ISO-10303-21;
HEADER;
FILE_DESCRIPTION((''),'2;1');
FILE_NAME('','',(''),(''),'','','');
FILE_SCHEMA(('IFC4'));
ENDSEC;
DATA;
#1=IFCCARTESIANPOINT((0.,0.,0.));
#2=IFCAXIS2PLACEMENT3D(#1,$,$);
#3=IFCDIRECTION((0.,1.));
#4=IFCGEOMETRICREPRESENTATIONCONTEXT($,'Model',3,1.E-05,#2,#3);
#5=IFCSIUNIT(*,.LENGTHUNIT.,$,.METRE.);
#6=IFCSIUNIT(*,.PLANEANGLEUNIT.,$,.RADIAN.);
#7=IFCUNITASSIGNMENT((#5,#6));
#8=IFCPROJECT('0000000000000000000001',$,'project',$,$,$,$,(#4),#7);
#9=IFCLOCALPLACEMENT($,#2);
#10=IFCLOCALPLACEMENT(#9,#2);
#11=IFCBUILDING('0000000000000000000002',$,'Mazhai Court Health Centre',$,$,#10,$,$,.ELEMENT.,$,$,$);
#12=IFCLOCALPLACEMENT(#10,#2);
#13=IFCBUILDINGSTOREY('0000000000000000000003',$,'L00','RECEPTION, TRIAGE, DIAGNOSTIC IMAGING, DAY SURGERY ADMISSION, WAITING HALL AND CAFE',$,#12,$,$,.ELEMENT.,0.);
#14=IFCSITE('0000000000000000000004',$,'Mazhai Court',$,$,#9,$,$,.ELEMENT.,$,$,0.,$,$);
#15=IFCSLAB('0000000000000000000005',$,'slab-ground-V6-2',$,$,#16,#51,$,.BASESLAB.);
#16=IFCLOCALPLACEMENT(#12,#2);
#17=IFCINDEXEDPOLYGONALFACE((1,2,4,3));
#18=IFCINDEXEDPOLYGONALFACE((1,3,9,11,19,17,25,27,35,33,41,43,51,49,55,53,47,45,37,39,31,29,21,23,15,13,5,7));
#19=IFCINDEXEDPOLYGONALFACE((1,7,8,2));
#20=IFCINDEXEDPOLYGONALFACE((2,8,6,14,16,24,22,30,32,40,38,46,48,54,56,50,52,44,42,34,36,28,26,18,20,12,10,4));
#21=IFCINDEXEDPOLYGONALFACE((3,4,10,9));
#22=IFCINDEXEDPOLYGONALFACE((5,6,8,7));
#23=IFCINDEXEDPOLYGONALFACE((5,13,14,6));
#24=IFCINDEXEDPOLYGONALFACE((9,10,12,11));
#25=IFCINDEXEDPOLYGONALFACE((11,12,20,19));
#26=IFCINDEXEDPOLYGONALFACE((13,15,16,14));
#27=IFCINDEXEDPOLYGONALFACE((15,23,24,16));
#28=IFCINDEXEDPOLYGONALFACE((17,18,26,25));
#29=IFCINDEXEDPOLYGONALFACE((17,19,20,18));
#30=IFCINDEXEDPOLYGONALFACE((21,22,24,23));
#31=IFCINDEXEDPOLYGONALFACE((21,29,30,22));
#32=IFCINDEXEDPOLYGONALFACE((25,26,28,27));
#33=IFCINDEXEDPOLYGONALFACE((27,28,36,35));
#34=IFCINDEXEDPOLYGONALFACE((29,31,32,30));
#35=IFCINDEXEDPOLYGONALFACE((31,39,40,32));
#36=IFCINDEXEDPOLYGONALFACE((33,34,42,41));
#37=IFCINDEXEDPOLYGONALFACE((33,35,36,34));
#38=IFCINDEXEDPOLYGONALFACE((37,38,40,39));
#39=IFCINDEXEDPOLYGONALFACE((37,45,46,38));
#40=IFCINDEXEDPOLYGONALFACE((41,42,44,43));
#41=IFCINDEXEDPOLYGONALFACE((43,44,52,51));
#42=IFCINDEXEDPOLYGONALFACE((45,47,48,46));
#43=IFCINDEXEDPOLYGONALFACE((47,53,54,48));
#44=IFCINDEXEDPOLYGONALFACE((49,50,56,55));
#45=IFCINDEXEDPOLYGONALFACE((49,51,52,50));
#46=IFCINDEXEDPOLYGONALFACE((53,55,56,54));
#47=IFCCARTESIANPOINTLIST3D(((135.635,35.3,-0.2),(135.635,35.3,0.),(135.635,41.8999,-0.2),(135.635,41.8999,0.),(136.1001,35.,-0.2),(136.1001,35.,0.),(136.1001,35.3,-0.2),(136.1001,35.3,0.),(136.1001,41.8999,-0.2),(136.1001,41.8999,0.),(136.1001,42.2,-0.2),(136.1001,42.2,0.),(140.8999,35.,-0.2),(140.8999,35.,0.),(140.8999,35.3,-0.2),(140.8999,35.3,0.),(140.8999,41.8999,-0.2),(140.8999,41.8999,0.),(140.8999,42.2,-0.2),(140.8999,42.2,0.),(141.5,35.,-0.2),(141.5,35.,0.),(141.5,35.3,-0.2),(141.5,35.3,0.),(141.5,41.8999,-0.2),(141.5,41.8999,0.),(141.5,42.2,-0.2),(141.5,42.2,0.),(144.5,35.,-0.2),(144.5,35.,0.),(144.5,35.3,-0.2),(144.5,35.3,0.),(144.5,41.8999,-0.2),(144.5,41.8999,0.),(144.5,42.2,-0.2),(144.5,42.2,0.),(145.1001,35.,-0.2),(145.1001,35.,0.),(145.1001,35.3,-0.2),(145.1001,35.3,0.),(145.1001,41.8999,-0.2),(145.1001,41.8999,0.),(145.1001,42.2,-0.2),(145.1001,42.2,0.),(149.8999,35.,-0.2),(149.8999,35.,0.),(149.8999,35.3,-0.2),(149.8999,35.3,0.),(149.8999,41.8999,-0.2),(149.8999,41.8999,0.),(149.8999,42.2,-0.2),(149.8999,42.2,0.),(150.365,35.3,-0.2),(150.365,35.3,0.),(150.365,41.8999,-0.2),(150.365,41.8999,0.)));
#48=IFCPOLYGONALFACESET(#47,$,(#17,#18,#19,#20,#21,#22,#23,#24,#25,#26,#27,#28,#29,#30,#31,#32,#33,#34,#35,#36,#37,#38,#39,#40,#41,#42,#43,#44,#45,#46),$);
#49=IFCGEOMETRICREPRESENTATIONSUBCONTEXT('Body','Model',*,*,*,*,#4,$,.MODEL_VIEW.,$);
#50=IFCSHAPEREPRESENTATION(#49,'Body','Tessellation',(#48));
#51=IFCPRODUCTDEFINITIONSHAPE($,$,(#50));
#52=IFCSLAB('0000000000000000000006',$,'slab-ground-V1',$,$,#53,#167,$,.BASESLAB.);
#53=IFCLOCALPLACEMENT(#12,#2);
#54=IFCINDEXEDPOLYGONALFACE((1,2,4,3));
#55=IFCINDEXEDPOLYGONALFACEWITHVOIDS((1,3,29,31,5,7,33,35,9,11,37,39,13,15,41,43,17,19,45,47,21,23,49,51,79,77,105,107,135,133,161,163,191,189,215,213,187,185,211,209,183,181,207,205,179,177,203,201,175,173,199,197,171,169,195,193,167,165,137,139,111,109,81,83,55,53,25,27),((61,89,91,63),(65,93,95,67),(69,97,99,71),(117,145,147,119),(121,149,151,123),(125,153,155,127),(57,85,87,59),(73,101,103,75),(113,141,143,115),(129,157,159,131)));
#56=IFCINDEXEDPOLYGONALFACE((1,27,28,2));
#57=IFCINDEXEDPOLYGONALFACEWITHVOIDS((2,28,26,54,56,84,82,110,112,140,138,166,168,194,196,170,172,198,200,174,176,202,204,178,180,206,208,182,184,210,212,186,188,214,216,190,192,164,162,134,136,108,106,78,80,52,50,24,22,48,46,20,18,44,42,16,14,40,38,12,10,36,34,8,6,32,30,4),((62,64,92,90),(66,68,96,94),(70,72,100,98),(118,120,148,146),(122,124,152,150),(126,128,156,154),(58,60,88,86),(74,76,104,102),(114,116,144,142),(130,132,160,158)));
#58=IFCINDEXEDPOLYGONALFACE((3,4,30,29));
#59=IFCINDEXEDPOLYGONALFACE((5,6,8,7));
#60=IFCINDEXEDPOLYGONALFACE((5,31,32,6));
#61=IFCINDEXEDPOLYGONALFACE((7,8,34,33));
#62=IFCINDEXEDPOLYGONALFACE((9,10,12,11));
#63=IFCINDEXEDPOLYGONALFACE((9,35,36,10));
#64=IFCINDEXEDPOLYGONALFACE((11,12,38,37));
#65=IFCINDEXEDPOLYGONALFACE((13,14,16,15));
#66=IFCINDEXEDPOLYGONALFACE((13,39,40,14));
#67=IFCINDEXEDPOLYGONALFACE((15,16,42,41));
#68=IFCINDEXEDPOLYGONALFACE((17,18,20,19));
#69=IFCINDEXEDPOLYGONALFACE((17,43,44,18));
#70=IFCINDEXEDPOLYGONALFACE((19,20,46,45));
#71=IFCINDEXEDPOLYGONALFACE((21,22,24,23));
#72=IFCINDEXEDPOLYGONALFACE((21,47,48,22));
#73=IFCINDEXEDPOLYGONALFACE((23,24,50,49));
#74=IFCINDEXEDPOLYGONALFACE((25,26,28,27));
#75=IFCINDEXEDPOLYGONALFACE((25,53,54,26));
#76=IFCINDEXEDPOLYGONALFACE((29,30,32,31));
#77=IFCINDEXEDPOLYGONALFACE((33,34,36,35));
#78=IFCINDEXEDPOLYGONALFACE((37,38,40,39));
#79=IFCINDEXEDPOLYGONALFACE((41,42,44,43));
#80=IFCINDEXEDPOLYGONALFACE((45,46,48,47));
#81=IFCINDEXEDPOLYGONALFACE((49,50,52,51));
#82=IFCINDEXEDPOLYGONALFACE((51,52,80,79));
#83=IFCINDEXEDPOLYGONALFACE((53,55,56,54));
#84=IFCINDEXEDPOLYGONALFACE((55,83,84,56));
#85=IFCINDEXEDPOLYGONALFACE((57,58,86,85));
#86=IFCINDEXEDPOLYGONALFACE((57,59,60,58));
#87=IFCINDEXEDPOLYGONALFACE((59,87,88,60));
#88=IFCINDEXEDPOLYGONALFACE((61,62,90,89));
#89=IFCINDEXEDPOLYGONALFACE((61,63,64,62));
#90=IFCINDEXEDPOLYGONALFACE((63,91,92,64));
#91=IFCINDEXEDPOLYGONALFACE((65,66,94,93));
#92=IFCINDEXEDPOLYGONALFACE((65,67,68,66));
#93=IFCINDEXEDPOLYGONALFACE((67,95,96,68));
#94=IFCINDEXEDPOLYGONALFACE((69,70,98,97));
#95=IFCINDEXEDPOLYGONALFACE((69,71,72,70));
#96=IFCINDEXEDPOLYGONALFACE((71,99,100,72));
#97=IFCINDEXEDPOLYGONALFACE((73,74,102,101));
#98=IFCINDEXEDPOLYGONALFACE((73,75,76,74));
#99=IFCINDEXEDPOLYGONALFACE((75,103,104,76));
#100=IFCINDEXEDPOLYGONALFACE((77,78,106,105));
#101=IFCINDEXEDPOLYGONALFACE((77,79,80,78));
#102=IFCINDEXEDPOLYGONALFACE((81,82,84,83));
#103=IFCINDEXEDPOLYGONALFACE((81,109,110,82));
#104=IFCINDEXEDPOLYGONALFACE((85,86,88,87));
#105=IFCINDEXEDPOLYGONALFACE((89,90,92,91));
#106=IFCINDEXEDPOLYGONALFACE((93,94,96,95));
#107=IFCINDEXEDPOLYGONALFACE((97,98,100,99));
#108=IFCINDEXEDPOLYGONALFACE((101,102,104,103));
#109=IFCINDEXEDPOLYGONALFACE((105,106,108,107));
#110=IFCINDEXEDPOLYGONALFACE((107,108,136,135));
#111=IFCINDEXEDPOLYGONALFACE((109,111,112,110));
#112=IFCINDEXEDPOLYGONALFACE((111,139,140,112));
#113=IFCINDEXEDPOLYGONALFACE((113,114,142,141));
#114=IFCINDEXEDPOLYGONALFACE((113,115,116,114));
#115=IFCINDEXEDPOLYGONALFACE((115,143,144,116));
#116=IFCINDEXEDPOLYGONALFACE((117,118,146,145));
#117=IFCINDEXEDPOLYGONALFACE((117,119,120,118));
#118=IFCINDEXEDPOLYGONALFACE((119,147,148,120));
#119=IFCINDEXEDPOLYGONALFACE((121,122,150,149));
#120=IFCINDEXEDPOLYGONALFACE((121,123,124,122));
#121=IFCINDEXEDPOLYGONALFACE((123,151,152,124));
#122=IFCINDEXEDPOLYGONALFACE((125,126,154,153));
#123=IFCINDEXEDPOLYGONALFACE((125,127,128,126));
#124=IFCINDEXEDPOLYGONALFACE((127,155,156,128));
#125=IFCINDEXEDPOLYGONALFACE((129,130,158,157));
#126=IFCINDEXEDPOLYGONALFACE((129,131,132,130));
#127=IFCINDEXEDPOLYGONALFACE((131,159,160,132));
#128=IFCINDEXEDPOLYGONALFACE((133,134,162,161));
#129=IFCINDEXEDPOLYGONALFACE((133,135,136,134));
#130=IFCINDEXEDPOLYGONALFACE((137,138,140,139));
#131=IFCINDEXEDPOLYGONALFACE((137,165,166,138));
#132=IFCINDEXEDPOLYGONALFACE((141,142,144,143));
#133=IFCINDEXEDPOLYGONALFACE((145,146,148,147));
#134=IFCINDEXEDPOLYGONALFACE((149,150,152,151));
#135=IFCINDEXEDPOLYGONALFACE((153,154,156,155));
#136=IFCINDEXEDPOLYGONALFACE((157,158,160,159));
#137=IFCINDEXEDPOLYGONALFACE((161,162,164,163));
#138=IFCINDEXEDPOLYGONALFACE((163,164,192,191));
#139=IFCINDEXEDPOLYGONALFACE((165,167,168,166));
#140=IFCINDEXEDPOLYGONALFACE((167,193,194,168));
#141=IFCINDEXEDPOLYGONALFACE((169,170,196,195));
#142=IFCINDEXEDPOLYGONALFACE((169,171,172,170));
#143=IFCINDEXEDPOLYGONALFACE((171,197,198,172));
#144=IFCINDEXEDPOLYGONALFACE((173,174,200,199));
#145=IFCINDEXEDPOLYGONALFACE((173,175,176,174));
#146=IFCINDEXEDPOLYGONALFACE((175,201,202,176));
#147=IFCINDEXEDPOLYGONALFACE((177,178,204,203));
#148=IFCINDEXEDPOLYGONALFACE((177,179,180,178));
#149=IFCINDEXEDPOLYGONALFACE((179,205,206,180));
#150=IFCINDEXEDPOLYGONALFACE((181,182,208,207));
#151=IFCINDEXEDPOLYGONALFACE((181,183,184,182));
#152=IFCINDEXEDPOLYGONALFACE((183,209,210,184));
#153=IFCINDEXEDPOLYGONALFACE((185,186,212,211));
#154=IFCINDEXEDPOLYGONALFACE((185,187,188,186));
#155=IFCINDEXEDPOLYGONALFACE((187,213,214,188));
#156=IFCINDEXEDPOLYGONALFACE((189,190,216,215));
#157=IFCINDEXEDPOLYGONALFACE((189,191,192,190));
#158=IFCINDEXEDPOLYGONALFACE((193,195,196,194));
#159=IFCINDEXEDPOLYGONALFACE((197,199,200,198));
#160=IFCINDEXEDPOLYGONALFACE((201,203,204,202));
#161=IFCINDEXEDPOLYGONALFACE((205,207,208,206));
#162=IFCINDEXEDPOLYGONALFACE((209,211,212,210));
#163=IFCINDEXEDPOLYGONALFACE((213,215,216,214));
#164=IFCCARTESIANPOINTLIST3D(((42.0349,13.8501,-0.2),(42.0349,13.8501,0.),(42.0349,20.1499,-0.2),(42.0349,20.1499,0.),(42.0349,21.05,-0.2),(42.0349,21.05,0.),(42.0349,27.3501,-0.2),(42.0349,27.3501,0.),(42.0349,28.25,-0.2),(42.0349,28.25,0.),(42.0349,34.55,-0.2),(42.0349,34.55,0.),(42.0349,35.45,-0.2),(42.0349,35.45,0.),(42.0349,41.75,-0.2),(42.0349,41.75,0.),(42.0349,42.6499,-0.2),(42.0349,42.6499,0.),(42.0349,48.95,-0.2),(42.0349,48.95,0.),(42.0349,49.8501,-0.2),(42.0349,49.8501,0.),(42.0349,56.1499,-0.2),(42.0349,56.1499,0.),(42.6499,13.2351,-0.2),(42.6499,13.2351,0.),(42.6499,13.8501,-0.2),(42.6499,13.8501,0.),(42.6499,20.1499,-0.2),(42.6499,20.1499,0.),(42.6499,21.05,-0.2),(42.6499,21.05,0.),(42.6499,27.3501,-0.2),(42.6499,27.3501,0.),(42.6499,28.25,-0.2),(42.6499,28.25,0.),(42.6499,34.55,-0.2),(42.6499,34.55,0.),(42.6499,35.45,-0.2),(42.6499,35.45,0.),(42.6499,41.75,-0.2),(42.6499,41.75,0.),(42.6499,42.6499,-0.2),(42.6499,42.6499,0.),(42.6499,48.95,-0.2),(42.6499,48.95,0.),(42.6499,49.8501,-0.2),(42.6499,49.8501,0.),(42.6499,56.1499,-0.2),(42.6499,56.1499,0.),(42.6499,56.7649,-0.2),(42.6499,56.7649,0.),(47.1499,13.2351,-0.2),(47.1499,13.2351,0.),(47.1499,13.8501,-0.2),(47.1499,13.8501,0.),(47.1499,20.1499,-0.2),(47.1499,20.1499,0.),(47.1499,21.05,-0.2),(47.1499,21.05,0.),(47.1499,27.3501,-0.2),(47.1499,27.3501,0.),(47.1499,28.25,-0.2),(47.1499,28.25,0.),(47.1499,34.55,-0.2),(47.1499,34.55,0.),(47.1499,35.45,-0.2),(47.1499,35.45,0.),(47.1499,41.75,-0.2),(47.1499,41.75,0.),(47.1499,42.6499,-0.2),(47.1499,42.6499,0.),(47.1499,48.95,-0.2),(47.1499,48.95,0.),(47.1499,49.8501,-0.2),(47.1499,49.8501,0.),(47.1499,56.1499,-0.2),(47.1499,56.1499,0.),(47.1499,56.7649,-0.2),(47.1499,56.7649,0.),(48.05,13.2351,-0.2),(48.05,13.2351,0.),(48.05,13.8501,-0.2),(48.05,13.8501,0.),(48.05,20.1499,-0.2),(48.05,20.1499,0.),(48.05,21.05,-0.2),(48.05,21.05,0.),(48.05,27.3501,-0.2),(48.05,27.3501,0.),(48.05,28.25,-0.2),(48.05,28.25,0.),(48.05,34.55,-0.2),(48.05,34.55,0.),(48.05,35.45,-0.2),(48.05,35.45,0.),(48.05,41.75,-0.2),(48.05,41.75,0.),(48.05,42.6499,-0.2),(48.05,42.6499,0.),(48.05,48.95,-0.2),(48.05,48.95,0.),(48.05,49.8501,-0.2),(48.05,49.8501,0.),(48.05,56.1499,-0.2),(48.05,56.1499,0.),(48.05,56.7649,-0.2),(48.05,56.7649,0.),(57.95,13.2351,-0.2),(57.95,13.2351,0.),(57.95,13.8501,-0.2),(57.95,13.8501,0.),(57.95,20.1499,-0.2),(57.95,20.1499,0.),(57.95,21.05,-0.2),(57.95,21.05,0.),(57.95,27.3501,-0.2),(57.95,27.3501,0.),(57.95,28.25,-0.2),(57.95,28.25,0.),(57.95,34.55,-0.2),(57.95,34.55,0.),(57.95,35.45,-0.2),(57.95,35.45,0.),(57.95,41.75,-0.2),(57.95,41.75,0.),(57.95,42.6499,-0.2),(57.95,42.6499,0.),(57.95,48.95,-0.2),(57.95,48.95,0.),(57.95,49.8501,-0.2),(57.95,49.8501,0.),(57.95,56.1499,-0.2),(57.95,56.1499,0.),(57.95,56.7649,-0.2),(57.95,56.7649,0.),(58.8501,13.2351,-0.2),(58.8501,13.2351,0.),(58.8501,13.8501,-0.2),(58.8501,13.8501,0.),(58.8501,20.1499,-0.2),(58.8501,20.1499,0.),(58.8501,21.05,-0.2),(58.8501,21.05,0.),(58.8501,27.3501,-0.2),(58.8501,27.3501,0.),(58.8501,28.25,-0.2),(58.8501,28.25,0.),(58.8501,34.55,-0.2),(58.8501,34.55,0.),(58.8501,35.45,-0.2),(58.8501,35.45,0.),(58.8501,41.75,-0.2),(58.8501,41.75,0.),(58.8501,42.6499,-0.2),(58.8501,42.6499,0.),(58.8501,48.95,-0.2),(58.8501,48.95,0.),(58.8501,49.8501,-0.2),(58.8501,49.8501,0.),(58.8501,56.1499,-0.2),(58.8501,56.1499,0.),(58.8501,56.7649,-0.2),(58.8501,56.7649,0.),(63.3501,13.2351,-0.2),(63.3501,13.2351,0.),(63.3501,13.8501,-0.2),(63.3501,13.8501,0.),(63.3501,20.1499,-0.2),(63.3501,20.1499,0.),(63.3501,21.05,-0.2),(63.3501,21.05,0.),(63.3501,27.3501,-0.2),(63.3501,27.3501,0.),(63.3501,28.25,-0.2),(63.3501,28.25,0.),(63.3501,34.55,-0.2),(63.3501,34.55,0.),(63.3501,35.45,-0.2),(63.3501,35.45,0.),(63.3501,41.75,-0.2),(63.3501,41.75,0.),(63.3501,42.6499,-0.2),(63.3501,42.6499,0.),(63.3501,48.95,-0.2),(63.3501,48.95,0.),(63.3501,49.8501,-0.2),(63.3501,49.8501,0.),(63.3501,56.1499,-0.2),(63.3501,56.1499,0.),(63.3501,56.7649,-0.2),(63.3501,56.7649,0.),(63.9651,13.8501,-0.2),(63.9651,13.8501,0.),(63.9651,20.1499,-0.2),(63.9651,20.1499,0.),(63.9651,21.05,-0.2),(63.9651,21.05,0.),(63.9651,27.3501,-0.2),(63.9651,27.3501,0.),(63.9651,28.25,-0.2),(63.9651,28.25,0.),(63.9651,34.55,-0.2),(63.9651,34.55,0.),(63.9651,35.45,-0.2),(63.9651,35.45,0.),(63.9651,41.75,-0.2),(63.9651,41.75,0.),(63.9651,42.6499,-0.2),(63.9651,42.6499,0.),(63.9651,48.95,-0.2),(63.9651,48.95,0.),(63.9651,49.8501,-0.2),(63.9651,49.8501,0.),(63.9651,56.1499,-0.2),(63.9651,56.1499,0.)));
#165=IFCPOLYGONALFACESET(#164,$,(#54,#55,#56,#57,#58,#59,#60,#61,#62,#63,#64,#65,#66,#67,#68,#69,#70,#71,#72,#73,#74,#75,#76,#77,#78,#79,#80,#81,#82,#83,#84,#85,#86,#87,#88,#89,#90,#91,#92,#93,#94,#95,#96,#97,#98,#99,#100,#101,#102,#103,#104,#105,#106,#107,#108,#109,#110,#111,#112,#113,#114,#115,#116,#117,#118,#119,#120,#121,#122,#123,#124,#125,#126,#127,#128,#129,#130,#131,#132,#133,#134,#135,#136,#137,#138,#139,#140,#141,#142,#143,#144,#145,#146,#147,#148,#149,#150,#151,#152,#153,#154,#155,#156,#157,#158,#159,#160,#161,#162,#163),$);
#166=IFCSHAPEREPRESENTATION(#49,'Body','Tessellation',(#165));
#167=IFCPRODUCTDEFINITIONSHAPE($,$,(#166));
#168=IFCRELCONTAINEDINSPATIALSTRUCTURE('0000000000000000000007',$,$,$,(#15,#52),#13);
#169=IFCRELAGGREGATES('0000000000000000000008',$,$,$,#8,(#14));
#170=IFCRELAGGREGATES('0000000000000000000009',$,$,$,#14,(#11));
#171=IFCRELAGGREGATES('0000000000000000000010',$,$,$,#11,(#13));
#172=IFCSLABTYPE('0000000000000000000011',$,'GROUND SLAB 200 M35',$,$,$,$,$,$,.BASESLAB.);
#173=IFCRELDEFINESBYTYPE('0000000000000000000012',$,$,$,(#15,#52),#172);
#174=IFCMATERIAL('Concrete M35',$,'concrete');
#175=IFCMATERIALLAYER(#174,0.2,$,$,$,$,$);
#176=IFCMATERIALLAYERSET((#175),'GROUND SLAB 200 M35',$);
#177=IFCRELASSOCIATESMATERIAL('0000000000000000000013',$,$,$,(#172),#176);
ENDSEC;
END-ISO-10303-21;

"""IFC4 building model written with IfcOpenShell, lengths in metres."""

from ifc_helpers import new_model, si_unit, direction, frame, origin, place, context, subcontext, project, spatial, polyline, outline, extrude, material, layer, layer_set, type_object, element, save


model = new_model("IFC4")

# Units and contexts
model_context = context("Model", 3, precision=1e-05, world=origin(), true_north=direction((0.0, 1.0)))
body_context = subcontext(model_context, "Body", "Model", "MODEL_VIEW")
ifc_project = project(units=[si_unit("LENGTHUNIT", "METRE"), si_unit("PLANEANGLEUNIT", "RADIAN")], contexts=[model_context])

# Site, building, storey
site_placement = place(None, origin())
site = spatial("IfcSite", under=ifc_project, at=site_placement, Name="Mazhai Court", CompositionType="ELEMENT", RefElevation=0.0)
building_placement = place(site_placement, origin())
building = spatial("IfcBuilding", under=site, at=building_placement, Name="Mazhai Court Health Centre", CompositionType="ELEMENT")
storey_placement = place(building_placement, origin())
storey = spatial("IfcBuildingStorey", under=building, at=storey_placement, Name="L00", Description="RECEPTION, TRIAGE, DIAGNOSTIC IMAGING, DAY SURGERY ADMISSION, WAITING HALL AND CAFE", CompositionType="ELEMENT", Elevation=0.0)

# Slabs
ifc_material_1 = material(Name="Concrete M35", Category="concrete")
ifc_layer_1 = layer(ifc_material_1, 0.2)
ifc_layer_set_1 = layer_set([ifc_layer_1], Name="GROUND SLAB 200 M35")
slab_type_1 = type_object("IfcSlabType", Name="GROUND SLAB 200 M35", PredefinedType="BASESLAB", material=ifc_layer_set_1)
slab_1_placement = place(storey_placement, frame((0.0, 0.0, -0.2)))
element("IfcSlab", 1, at=slab_1_placement, inside=storey, type_object=slab_type_1, Name="slab-ground-V6-2", PredefinedType="BASESLAB", context=body_context, shape_type="SweptSolid", body=[
    extrude(outline(polyline([(150.365, 35.3), (149.8999, 35.3), (149.8999, 35.0), (145.1001, 35.0), (145.1001, 35.3), (144.5, 35.3), (144.5, 35.0), (141.5, 35.0), (141.5, 35.3), (140.8999, 35.3), (140.8999, 35.0), (136.1001, 35.0), (136.1001, 35.3), (135.635, 35.3), (135.635, 41.8999), (136.1001, 41.8999), (136.1001, 42.2), (140.8999, 42.2), (140.8999, 41.8999), (141.5, 41.8999), (141.5, 42.2), (144.5, 42.2), (144.5, 41.8999), (145.1001, 41.8999), (145.1001, 42.2), (149.8999, 42.2), (149.8999, 41.8999), (150.365, 41.8999), (150.365, 35.3)])), origin(), (0.0, 0.0, 1.0), 0.2),
])
slab_2_placement = place(storey_placement, frame((0.0, 0.0, -0.2)))
element("IfcSlab", 2, at=slab_2_placement, inside=storey, type_object=slab_type_1, Name="slab-ground-V1", PredefinedType="BASESLAB", context=body_context, shape_type="SweptSolid", body=[
    extrude(outline(polyline([(58.8501, 13.2351), (58.8501, 13.8501), (57.95, 13.8501), (57.95, 13.2351), (48.05, 13.2351), (48.05, 13.8501), (47.1499, 13.8501), (47.1499, 13.2351), (42.6499, 13.2351), (42.6499, 13.8501), (42.0349, 13.8501), (42.0349, 20.1499), (42.6499, 20.1499), (42.6499, 21.05), (42.0349, 21.05), (42.0349, 27.3501), (42.6499, 27.3501), (42.6499, 28.25), (42.0349, 28.25), (42.0349, 34.55), (42.6499, 34.55), (42.6499, 35.45), (42.0349, 35.45), (42.0349, 41.75), (42.6499, 41.75), (42.6499, 42.6499), (42.0349, 42.6499), (42.0349, 48.95), (42.6499, 48.95), (42.6499, 49.8501), (42.0349, 49.8501), (42.0349, 56.1499), (42.6499, 56.1499), (42.6499, 56.7649), (47.1499, 56.7649), (47.1499, 56.1499), (48.05, 56.1499), (48.05, 56.7649), (57.95, 56.7649), (57.95, 56.1499), (58.8501, 56.1499), (58.8501, 56.7649), (63.3501, 56.7649), (63.3501, 56.1499), (63.9651, 56.1499), (63.9651, 49.8501), (63.3501, 49.8501), (63.3501, 48.95), (63.9651, 48.95), (63.9651, 42.6499), (63.3501, 42.6499), (63.3501, 41.75), (63.9651, 41.75), (63.9651, 35.45), (63.3501, 35.45), (63.3501, 34.55), (63.9651, 34.55), (63.9651, 28.25), (63.3501, 28.25), (63.3501, 27.3501), (63.9651, 27.3501), (63.9651, 21.05), (63.3501, 21.05), (63.3501, 20.1499), (63.9651, 20.1499), (63.9651, 13.8501), (63.3501, 13.8501), (63.3501, 13.2351), (58.8501, 13.2351)]), holes=[polyline([(47.1499, 21.05), (47.1499, 20.1499), (48.05, 20.1499), (48.05, 21.05), (47.1499, 21.05)]), polyline([(47.1499, 27.3501), (48.05, 27.3501), (48.05, 28.25), (47.1499, 28.25), (47.1499, 27.3501)]), polyline([(57.95, 34.55), (58.8501, 34.55), (58.8501, 35.45), (57.95, 35.45), (57.95, 34.55)]), polyline([(47.1499, 35.45), (47.1499, 34.55), (48.05, 34.55), (48.05, 35.45), (47.1499, 35.45)]), polyline([(47.1499, 42.6499), (47.1499, 41.75), (48.05, 41.75), (48.05, 42.6499), (47.1499, 42.6499)]), polyline([(57.95, 41.75), (58.8501, 41.75), (58.8501, 42.6499), (57.95, 42.6499), (57.95, 41.75)]), polyline([(47.1499, 49.8501), (47.1499, 48.95), (48.05, 48.95), (48.05, 49.8501), (47.1499, 49.8501)]), polyline([(57.95, 48.95), (58.8501, 48.95), (58.8501, 49.8501), (57.95, 49.8501), (57.95, 48.95)]), polyline([(57.95, 21.05), (57.95, 20.1499), (58.8501, 20.1499), (58.8501, 21.05), (57.95, 21.05)]), polyline([(57.95, 28.25), (57.95, 27.3501), (58.8501, 27.3501), (58.8501, 28.25), (57.95, 28.25)])]), origin(), (0.0, 0.0, 1.0), 0.2),
])

save(model, "model.ifc")
